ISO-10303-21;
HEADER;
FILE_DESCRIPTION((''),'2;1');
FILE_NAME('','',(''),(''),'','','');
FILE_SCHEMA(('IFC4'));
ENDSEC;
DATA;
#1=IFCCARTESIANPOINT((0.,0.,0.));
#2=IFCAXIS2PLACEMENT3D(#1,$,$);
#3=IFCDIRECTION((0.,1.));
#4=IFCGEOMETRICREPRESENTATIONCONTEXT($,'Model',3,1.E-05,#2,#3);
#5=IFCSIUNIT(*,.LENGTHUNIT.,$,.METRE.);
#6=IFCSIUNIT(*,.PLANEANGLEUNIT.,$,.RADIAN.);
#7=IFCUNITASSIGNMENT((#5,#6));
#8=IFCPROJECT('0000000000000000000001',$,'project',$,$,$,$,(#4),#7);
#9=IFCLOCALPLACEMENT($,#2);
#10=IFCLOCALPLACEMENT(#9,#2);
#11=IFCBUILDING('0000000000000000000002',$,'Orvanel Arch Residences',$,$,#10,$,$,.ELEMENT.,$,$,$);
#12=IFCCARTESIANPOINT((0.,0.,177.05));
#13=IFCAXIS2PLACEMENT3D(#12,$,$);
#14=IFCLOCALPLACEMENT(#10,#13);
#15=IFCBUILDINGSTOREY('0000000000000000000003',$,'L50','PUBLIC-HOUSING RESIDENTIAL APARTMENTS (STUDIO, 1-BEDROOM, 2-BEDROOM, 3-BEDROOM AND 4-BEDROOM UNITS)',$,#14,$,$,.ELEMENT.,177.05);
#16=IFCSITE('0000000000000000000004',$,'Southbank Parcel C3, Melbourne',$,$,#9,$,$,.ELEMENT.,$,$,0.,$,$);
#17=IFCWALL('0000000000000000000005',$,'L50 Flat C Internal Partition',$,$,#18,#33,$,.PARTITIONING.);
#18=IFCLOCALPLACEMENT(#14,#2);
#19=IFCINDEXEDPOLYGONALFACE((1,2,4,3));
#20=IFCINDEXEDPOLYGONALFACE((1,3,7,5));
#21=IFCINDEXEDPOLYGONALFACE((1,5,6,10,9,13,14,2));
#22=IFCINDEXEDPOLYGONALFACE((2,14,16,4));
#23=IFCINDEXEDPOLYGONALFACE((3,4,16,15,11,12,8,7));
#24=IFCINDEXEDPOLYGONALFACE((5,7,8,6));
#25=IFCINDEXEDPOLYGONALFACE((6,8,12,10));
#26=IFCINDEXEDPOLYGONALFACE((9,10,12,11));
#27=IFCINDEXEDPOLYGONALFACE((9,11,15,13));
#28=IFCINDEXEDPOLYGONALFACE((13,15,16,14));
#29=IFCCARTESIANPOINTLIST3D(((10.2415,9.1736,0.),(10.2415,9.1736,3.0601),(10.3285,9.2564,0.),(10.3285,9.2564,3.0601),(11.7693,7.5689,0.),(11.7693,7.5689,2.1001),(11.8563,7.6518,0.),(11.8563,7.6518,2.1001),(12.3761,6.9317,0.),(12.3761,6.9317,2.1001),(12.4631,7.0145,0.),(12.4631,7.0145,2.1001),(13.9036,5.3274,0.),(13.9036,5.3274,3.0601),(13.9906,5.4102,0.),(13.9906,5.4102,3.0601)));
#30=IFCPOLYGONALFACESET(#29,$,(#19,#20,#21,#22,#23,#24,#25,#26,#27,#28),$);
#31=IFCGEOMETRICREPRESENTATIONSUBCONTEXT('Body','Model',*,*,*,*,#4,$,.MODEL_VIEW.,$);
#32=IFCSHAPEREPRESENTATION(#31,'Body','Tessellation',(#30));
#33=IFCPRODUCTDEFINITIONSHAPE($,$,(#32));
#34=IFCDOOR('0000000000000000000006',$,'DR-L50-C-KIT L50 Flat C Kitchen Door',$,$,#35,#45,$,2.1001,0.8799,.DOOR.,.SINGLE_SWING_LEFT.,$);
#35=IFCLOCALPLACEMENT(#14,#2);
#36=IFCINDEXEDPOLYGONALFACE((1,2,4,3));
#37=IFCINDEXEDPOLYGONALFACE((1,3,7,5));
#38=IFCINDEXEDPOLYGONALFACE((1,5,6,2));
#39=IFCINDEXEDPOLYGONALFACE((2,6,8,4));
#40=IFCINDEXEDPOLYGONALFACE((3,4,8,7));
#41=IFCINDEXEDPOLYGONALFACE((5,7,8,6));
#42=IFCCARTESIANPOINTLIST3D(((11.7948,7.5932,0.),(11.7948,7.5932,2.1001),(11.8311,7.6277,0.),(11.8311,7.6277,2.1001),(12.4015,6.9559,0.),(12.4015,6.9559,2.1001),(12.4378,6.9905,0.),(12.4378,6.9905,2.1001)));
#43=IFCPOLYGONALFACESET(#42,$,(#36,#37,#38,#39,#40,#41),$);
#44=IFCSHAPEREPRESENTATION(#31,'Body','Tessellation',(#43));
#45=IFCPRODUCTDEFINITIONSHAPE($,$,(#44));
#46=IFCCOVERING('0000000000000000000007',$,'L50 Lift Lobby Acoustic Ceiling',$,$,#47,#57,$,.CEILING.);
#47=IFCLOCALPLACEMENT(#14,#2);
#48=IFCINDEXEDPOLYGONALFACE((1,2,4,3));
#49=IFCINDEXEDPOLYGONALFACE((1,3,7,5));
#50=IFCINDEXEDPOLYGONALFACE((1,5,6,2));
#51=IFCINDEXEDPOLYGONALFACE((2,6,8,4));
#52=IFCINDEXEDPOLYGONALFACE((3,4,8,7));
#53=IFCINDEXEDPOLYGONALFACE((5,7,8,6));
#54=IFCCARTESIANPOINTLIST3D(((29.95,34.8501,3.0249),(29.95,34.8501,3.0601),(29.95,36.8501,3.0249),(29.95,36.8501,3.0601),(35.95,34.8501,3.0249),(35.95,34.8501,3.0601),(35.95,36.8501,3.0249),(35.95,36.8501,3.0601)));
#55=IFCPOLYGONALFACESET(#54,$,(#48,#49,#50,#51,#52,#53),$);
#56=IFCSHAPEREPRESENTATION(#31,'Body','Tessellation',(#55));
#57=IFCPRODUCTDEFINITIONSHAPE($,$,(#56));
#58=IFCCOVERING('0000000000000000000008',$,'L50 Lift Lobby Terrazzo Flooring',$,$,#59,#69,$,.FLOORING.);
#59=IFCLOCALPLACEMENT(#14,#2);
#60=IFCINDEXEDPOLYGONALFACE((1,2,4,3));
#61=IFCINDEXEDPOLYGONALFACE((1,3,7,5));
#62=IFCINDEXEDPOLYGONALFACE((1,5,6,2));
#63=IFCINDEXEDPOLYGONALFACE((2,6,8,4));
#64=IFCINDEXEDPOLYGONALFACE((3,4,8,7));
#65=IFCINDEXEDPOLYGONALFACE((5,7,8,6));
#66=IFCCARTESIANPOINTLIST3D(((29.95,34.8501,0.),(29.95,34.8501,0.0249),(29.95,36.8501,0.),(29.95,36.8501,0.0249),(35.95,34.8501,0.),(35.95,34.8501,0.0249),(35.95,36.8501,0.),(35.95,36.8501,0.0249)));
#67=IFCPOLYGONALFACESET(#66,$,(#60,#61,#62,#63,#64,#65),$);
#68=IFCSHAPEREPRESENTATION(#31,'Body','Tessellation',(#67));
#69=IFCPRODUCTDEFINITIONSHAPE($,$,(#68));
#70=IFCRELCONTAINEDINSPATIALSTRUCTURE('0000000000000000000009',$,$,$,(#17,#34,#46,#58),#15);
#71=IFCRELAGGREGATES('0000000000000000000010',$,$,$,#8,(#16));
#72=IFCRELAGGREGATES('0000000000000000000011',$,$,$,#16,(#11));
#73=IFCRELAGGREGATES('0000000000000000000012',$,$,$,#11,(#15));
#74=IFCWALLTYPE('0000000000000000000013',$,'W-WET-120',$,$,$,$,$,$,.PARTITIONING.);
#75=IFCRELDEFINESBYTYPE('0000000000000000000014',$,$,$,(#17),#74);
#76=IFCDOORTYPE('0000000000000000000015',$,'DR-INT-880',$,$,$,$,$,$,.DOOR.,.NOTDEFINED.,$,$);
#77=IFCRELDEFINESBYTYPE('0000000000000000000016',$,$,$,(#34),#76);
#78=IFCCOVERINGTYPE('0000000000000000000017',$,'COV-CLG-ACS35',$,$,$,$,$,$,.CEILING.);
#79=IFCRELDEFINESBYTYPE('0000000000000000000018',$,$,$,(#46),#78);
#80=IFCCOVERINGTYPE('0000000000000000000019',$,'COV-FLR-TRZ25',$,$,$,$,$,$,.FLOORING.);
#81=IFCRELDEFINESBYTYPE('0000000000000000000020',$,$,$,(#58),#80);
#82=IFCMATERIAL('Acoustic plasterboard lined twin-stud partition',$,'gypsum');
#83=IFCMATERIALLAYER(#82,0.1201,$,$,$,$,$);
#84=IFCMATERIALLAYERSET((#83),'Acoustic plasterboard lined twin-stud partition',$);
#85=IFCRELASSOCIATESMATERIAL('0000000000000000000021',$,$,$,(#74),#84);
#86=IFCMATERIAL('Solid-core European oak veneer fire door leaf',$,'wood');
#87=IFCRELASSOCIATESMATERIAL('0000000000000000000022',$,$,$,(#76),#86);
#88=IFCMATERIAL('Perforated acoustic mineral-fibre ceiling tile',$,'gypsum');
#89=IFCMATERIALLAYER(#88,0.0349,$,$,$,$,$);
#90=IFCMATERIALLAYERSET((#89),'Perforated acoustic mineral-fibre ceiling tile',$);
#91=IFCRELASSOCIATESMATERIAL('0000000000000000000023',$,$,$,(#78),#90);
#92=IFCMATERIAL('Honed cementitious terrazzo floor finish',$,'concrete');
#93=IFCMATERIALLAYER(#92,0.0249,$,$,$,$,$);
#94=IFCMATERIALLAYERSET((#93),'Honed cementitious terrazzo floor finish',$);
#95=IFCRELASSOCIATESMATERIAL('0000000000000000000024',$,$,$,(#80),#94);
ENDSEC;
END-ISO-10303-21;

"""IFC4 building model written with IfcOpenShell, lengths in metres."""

from ifc_helpers import new_model, si_unit, direction, frame, frame_2d, origin, place, context, subcontext, project, spatial, polyline, rectangle, outline, extrude, material, layer, layer_set, type_object, element, fill, save


model = new_model("IFC4")

# Units and contexts
model_context = context("Model", 3, precision=1e-05, world=origin(), true_north=direction((0.0, 1.0)))
body_context = subcontext(model_context, "Body", "Model", "MODEL_VIEW")
ifc_project = project(units=[si_unit("LENGTHUNIT", "METRE"), si_unit("PLANEANGLEUNIT", "RADIAN")], contexts=[model_context])

# Site, building, storey
site_placement = place(None, origin())
site = spatial("IfcSite", under=ifc_project, at=site_placement, Name="Southbank Parcel C3, Melbourne", CompositionType="ELEMENT", RefElevation=0.0)
building_placement = place(site_placement, origin())
building = spatial("IfcBuilding", under=site, at=building_placement, Name="Orvanel Arch Residences", CompositionType="ELEMENT")
storey_placement = place(building_placement, frame((0.0, 0.0, 177.05)))
storey = spatial("IfcBuildingStorey", under=building, at=storey_placement, Name="L50", Description="PUBLIC-HOUSING RESIDENTIAL APARTMENTS (STUDIO, 1-BEDROOM, 2-BEDROOM, 3-BEDROOM AND 4-BEDROOM UNITS)", CompositionType="ELEMENT", Elevation=177.05)

# Wall, opening, door
ifc_material_1 = material(Name="Acoustic plasterboard lined twin-stud partition", Category="gypsum")
ifc_layer_1 = layer(ifc_material_1, 0.1201)
ifc_layer_set_1 = layer_set([ifc_layer_1], Name="Acoustic plasterboard lined twin-stud partition")
wall_type = type_object("IfcWallType", Name="W-WET-120", PredefinedType="PARTITIONING", material=ifc_layer_set_1)
wall_placement = place(storey_placement, frame((13.947, 5.3689, 0.0), z_axis=(0.0, 0.0, 1.0), x_axis=(-0.689563, 0.724225, 0.0)))
wall = element("IfcWall", 1, at=wall_placement, inside=storey, type_object=wall_type, Name="L50 Flat C Internal Partition", PredefinedType="PARTITIONING", context=body_context, shape_type="SweptSolid", body=[
    extrude(rectangle(XDim=5.3108, YDim=0.1201, at=frame_2d((2.6553, 0.0))), origin(), (0.0, 0.0, 1.0), 3.0601),
])
opening_placement = place(wall_placement, frame((2.2151, 0.0, 0.0)))
opening = element("IfcOpeningElement", 2, at=opening_placement, cuts=wall, PredefinedType="OPENING", context=body_context, shape_type="SweptSolid", body=[
    extrude(rectangle(XDim=0.8799, YDim=2.1001, at=frame_2d((0.4399, 1.05))), frame((0.0, 0.0701, 0.0), z_axis=(0.0, -1.0, 0.0), x_axis=(1.0, 0.0, 0.0)), (0.0, 0.0, 1.0), 0.1401),
])
ifc_material_2 = material(Name="Solid-core European oak veneer fire door leaf", Category="wood")
door_type = type_object("IfcDoorType", Name="DR-INT-880", OperationType="NOTDEFINED", PredefinedType="DOOR", material=ifc_material_2)
door_placement = place(opening_placement, origin())
door = element("IfcDoor", 3, at=door_placement, inside=storey, type_object=door_type, Name="DR-L50-C-KIT L50 Flat C Kitchen Door", OperationType="SINGLE_SWING_LEFT", OverallHeight=2.1001, OverallWidth=0.8799, PredefinedType="DOOR", context=body_context, shape_type="SweptSolid", body=[
    extrude(rectangle(XDim=0.8799, YDim=2.1001, at=frame_2d((0.4399, 1.05))), frame((0.0, 0.0249, 0.0), z_axis=(0.0, -1.0, 0.0), x_axis=(1.0, 0.0, 0.0)), (0.0, 0.0, 1.0), 0.05),
])
fill(opening, door)

# Coverings
ifc_material_3 = material(Name="Perforated acoustic mineral-fibre ceiling tile", Category="gypsum")
ifc_layer_2 = layer(ifc_material_3, 0.0349)
ifc_layer_set_2 = layer_set([ifc_layer_2], Name="Perforated acoustic mineral-fibre ceiling tile")
covering_type_1 = type_object("IfcCoveringType", Name="COV-CLG-ACS35", PredefinedType="CEILING", material=ifc_layer_set_2)
covering_1_placement = place(storey_placement, frame((0.0, 0.0, 3.0249)))
element("IfcCovering", 4, at=covering_1_placement, inside=storey, type_object=covering_type_1, Name="L50 Lift Lobby Acoustic Ceiling", PredefinedType="CEILING", context=body_context, shape_type="SweptSolid", body=[
    extrude(outline(polyline([(29.95, 34.8501), (35.95, 34.8501), (35.95, 36.8501), (29.95, 36.8501), (29.95, 34.8501)])), origin(), (0.0, 0.0, 1.0), 0.0352),
])
ifc_material_4 = material(Name="Honed cementitious terrazzo floor finish", Category="concrete")
ifc_layer_3 = layer(ifc_material_4, 0.0249)
ifc_layer_set_3 = layer_set([ifc_layer_3], Name="Honed cementitious terrazzo floor finish")
covering_type_2 = type_object("IfcCoveringType", Name="COV-FLR-TRZ25", PredefinedType="FLOORING", material=ifc_layer_set_3)
covering_2_placement = place(storey_placement, origin())
element("IfcCovering", 5, at=covering_2_placement, inside=storey, type_object=covering_type_2, Name="L50 Lift Lobby Terrazzo Flooring", PredefinedType="FLOORING", context=body_context, shape_type="SweptSolid", body=[
    extrude(outline(polyline([(29.95, 34.8501), (35.95, 34.8501), (35.95, 36.8501), (29.95, 36.8501), (29.95, 34.8501)])), origin(), (0.0, 0.0, 1.0), 0.0249),
])

save(model, "model.ifc")
